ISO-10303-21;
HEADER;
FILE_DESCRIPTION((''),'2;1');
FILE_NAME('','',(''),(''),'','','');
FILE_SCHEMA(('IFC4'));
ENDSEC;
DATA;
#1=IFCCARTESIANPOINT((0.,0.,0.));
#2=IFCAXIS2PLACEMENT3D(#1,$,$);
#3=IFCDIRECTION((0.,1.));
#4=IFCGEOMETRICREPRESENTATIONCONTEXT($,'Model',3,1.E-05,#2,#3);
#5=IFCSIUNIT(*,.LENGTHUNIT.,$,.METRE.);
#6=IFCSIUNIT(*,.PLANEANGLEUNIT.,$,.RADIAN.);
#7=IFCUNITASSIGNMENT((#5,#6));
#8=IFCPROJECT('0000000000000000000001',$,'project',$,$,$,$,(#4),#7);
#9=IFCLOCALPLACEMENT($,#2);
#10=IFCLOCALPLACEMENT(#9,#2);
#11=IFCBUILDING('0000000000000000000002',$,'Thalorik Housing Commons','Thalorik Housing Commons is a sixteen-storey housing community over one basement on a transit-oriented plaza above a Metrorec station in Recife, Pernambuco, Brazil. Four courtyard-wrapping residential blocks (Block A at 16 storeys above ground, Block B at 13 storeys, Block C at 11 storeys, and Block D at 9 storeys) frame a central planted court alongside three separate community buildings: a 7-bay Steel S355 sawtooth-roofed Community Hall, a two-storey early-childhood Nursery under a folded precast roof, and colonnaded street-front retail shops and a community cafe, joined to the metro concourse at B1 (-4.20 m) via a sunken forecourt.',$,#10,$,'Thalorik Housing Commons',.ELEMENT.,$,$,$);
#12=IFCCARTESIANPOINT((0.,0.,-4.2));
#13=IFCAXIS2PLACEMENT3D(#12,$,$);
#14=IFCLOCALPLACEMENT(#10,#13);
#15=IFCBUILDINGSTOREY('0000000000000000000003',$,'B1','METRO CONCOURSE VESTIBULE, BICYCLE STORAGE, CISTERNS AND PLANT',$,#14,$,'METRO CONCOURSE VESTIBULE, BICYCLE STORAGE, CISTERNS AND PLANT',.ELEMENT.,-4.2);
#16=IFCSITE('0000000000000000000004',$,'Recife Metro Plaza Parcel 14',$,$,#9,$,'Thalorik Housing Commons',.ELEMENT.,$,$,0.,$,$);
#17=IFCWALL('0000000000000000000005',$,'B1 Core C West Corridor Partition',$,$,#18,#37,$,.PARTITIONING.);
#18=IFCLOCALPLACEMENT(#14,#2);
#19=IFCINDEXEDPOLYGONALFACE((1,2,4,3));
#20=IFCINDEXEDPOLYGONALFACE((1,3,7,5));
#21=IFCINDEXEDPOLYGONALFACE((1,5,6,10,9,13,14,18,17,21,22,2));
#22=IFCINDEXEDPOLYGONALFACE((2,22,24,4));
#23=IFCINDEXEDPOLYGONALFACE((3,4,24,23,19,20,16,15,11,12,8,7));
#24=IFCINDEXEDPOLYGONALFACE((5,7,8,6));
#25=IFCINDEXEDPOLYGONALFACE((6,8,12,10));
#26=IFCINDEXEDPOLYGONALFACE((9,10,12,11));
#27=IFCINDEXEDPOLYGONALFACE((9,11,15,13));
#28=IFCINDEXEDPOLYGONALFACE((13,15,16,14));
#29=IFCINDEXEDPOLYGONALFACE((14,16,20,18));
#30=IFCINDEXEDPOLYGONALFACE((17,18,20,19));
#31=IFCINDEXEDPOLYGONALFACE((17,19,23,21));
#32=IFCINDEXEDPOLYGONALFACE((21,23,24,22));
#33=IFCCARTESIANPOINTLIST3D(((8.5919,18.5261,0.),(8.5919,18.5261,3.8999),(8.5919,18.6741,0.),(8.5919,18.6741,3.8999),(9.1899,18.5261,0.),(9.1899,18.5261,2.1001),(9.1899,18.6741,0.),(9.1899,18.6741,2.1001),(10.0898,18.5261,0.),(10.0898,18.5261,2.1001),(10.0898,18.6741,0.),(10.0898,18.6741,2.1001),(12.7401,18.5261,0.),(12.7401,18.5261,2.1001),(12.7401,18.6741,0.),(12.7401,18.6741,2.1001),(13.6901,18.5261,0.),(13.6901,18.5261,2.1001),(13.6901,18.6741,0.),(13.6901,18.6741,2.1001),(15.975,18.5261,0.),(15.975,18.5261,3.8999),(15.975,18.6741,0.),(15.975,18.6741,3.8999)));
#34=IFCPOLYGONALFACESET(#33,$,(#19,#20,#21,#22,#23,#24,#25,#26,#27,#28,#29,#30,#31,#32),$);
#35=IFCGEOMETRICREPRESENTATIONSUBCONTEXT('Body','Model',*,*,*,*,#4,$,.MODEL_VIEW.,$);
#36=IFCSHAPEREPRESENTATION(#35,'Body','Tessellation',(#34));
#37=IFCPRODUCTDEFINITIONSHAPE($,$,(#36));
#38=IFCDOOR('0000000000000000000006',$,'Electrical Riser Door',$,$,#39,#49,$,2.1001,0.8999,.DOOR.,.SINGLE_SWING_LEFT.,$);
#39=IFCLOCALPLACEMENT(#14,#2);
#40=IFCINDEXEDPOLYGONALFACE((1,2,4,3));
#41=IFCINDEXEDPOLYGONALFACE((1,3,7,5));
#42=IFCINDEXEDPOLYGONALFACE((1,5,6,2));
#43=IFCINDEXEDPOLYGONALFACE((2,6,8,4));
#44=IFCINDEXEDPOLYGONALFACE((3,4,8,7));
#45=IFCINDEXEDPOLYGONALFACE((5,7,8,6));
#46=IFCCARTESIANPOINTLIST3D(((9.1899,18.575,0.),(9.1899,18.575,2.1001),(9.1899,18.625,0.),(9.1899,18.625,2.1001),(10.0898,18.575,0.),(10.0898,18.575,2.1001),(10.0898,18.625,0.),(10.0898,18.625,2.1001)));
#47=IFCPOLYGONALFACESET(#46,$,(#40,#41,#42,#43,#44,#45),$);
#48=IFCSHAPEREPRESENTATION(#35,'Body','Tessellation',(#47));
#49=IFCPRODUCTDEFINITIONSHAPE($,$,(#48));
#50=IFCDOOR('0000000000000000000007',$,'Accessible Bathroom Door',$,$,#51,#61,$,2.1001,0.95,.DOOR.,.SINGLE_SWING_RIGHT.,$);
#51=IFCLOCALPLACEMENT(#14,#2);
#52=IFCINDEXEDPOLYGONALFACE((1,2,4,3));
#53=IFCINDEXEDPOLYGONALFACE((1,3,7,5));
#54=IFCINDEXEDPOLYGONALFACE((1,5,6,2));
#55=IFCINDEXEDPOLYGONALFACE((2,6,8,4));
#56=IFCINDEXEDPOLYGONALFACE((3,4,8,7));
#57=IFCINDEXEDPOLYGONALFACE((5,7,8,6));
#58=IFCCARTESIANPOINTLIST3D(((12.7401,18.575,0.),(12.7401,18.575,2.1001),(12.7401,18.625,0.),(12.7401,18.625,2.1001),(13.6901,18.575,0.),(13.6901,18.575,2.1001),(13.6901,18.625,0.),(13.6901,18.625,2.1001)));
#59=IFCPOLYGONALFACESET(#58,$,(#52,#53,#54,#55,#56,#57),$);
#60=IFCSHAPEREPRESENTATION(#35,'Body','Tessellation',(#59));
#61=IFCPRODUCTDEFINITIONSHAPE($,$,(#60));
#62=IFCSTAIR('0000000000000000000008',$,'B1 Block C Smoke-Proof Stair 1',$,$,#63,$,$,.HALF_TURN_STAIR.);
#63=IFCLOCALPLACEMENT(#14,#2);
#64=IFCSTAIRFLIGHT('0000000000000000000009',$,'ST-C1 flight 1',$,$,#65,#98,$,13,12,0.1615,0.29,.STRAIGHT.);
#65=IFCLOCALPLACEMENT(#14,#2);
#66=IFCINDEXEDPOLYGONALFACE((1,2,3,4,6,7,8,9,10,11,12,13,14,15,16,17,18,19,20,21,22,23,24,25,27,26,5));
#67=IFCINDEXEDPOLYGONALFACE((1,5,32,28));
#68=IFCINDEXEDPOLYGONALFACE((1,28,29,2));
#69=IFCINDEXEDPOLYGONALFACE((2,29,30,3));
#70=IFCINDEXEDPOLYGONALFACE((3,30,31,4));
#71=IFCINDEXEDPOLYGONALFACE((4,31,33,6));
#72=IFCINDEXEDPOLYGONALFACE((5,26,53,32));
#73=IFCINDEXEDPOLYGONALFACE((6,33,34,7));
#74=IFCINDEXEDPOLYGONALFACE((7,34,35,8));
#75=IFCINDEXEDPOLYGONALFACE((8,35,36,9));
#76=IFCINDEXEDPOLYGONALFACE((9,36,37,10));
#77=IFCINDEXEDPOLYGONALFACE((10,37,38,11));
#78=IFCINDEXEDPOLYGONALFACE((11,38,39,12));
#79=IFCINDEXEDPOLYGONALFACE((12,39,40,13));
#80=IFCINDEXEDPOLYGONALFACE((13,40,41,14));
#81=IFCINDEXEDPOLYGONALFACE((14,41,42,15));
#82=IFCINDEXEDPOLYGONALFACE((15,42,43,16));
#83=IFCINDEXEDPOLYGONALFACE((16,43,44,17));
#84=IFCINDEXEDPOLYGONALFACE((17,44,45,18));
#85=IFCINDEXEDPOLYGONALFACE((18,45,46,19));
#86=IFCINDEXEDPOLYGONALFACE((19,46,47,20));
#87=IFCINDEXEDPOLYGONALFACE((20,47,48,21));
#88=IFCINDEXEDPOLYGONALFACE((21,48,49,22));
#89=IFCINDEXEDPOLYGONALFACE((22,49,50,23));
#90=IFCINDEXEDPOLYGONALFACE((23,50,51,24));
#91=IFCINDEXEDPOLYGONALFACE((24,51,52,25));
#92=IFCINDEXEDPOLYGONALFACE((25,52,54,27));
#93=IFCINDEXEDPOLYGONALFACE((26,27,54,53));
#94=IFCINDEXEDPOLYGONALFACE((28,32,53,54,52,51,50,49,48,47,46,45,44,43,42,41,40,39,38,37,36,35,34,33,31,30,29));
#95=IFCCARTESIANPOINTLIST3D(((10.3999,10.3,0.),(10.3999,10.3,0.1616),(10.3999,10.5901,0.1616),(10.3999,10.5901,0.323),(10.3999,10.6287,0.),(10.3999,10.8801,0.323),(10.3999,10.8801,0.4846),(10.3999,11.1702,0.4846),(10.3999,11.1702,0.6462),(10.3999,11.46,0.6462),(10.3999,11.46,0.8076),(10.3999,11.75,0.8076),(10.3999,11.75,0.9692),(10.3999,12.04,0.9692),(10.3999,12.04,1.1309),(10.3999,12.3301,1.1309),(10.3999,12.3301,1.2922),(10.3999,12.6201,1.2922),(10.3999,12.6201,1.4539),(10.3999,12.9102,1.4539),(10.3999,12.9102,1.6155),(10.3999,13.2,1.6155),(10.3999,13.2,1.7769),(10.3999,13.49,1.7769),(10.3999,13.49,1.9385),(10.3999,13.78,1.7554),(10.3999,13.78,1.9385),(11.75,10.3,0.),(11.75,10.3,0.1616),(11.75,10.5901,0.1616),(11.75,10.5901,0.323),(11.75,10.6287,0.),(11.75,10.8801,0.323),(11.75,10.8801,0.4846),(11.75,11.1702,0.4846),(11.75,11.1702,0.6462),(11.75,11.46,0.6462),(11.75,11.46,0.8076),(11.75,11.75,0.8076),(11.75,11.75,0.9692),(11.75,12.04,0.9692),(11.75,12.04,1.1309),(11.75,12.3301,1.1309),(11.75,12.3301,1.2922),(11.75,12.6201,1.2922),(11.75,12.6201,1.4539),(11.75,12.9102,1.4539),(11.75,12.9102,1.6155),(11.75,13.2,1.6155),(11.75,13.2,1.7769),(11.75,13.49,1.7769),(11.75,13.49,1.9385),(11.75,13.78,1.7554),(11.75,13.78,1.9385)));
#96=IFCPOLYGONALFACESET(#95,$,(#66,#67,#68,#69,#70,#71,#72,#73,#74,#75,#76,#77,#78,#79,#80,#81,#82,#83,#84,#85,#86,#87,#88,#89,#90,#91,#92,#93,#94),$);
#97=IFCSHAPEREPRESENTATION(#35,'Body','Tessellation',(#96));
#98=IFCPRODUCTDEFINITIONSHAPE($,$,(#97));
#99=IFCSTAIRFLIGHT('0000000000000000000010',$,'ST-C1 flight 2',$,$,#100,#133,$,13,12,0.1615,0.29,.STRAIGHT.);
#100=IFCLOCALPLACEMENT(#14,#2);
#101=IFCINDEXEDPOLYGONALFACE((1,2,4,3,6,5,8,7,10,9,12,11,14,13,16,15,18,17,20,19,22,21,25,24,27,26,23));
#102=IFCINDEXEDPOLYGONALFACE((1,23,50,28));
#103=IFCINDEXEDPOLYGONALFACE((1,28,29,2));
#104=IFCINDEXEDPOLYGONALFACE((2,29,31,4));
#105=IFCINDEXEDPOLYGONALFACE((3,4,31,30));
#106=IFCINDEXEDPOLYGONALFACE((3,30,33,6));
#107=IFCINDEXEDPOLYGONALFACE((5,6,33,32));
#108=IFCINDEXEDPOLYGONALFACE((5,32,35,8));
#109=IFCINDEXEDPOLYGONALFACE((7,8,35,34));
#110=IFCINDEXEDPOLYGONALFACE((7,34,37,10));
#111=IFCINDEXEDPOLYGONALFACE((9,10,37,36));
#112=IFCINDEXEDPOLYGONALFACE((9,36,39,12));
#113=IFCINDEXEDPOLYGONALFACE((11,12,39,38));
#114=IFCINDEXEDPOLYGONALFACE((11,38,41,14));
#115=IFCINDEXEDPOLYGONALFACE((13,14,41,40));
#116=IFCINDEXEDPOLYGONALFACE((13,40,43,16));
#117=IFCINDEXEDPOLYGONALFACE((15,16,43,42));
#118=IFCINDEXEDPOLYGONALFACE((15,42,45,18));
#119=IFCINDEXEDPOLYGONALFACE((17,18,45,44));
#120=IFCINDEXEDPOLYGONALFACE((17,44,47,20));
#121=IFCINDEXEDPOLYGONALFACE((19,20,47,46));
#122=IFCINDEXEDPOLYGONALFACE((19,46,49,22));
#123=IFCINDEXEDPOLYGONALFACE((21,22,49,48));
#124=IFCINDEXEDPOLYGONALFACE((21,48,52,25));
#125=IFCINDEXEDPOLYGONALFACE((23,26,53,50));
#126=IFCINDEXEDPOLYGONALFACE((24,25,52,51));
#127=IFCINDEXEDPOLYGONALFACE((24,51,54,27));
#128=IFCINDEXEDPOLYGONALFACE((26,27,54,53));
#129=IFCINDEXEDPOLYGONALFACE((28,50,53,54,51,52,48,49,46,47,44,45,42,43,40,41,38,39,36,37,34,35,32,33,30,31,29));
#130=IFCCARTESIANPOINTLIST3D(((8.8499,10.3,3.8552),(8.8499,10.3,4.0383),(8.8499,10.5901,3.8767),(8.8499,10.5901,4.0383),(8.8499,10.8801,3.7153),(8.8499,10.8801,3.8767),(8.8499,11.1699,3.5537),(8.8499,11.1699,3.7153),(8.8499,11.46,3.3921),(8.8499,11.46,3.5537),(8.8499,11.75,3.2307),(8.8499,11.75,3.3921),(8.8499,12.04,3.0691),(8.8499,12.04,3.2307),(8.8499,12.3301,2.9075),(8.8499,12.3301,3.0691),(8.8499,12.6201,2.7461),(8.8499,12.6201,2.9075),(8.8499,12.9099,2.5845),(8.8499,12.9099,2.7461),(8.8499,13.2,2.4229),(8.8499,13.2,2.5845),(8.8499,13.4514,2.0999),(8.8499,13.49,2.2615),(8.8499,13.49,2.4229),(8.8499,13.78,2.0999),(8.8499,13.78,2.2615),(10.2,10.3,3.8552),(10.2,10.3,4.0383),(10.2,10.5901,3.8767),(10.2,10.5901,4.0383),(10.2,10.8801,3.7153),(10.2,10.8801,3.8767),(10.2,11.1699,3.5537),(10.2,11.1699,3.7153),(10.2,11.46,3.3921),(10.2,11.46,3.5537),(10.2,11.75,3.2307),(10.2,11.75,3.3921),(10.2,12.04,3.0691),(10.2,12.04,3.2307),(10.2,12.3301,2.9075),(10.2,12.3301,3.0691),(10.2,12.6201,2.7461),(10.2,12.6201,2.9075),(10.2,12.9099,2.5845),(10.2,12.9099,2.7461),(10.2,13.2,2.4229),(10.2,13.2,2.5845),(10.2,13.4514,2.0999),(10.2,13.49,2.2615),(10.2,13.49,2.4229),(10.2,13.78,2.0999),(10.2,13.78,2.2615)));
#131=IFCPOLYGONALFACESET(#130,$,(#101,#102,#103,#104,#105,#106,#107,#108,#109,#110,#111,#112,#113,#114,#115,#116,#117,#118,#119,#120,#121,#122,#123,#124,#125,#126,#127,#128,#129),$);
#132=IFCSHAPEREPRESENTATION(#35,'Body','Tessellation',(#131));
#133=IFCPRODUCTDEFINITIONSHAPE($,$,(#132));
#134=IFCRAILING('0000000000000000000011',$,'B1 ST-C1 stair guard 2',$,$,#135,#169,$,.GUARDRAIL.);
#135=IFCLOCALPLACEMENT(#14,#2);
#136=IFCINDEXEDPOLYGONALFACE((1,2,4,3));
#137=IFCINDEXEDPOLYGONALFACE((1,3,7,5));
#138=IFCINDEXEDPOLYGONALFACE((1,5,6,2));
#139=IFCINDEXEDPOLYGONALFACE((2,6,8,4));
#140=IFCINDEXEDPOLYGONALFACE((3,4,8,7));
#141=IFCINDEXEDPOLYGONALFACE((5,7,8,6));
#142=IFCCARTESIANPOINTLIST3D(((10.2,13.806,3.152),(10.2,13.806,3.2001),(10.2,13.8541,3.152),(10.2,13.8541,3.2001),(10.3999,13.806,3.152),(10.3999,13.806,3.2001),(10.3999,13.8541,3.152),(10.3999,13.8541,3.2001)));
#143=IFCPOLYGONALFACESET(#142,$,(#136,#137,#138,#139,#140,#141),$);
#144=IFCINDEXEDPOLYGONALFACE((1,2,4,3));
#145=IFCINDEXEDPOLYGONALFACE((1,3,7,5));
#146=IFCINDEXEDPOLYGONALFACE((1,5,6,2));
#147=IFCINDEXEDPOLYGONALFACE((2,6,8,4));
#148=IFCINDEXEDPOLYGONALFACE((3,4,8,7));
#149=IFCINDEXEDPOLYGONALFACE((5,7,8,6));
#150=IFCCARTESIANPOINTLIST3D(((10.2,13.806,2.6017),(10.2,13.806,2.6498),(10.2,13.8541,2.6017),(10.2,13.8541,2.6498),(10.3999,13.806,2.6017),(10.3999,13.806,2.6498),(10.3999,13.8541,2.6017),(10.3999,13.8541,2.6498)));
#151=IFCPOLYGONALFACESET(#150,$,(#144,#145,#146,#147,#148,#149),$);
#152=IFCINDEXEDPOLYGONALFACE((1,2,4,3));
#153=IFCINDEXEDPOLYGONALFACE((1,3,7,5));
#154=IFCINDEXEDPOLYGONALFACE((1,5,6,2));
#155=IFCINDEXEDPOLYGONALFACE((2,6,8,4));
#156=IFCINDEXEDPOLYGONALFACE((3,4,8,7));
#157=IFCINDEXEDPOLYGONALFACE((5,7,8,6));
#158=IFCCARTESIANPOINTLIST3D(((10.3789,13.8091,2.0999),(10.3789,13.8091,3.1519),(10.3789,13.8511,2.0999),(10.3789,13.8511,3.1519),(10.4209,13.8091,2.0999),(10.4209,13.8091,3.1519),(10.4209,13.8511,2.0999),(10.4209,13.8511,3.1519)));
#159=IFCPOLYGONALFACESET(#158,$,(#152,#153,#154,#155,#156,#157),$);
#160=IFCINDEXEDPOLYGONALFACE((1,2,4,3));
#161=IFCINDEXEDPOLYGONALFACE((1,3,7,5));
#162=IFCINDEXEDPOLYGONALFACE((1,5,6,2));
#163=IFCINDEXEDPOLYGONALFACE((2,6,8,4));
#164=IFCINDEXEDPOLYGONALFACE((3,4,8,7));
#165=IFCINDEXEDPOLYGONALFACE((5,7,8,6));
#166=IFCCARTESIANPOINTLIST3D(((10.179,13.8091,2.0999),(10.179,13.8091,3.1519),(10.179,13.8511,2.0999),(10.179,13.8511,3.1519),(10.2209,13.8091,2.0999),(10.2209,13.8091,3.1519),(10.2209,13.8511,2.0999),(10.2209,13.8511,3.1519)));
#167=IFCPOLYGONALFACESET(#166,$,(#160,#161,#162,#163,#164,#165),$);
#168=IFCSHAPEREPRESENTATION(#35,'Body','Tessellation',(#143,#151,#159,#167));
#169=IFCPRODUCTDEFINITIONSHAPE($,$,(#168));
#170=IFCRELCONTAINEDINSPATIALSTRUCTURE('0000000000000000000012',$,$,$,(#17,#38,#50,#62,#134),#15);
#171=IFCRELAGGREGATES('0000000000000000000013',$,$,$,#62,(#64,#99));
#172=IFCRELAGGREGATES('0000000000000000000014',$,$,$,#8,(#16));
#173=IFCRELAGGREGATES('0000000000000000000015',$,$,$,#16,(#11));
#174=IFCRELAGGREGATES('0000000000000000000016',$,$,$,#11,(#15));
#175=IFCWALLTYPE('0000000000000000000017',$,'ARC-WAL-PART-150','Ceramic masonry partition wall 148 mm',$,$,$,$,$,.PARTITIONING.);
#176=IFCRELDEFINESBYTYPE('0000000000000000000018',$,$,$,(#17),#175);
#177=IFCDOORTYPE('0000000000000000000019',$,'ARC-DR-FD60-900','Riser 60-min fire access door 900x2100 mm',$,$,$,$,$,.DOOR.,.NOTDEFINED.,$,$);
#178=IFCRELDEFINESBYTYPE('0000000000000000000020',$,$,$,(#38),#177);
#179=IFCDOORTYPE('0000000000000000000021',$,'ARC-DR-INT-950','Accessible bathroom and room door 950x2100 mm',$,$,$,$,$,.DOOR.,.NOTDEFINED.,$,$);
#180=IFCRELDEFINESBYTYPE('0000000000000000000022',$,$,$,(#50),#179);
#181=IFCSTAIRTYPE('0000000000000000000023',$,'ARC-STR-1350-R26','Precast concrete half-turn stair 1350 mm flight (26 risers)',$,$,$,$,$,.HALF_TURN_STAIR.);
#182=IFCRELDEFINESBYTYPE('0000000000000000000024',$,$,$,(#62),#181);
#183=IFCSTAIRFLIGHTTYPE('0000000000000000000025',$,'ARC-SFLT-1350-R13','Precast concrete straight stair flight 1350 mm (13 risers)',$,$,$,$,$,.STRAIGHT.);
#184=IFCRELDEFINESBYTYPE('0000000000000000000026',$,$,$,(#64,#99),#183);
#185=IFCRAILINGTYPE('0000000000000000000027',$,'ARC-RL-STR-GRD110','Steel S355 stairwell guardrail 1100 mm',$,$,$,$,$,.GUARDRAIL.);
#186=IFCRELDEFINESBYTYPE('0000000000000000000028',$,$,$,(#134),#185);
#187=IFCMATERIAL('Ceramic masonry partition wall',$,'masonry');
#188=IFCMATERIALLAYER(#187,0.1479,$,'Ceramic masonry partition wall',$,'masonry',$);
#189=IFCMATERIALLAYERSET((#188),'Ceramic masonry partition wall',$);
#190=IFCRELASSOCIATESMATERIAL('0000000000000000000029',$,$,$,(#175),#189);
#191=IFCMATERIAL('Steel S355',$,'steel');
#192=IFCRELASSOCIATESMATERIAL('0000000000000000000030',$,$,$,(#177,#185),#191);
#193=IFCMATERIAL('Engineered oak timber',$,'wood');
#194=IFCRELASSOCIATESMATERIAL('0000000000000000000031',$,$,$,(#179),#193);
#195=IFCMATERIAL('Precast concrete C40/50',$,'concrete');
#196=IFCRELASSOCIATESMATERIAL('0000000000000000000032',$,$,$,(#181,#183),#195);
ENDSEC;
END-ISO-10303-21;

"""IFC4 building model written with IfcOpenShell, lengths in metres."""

from ifc_helpers import new_model, si_unit, direction, frame, frame_2d, origin, origin_2d, place, context, subcontext, project, spatial, polyline, rectangle, outline, extrude, material, layer, layer_set, type_object, element, fill, aggregate, save


model = new_model("IFC4")

# Units and contexts
model_context = context("Model", 3, precision=1e-05, world=origin(), true_north=direction((0.0, 1.0)))
body_context = subcontext(model_context, "Body", "Model", "MODEL_VIEW")
ifc_project = project(units=[si_unit("LENGTHUNIT", "METRE"), si_unit("PLANEANGLEUNIT", "RADIAN")], contexts=[model_context])

# Site, building, storey
site_placement = place(None, origin())
site = spatial("IfcSite", under=ifc_project, at=site_placement, Name="Recife Metro Plaza Parcel 14", LongName="Thalorik Housing Commons", CompositionType="ELEMENT", RefElevation=0.0)
building_placement = place(site_placement, origin())
building = spatial("IfcBuilding", under=site, at=building_placement, Name="Thalorik Housing Commons", Description="Thalorik Housing Commons is a sixteen-storey housing community over one basement on a transit-oriented plaza above a Metrorec station in Recife, Pernambuco, Brazil. Four courtyard-wrapping residential blocks (Block A at 16 storeys above ground, Block B at 13 storeys, Block C at 11 storeys, and Block D at 9 storeys) frame a central planted court alongside three separate community buildings: a 7-bay Steel S355 sawtooth-roofed Community Hall, a two-storey early-childhood Nursery under a folded precast roof, and colonnaded street-front retail shops and a community cafe, joined to the metro concourse at B1 (-4.20 m) via a sunken forecourt.", LongName="Thalorik Housing Commons", CompositionType="ELEMENT")
storey_placement = place(building_placement, frame((0.0, 0.0, -4.2)))
storey = spatial("IfcBuildingStorey", under=building, at=storey_placement, Name="B1", Description="METRO CONCOURSE VESTIBULE, BICYCLE STORAGE, CISTERNS AND PLANT", LongName="METRO CONCOURSE VESTIBULE, BICYCLE STORAGE, CISTERNS AND PLANT", CompositionType="ELEMENT", Elevation=-4.2)

# Shared definitions
ifc_material_1 = material(Name="Precast concrete C40/50", Category="concrete")

# Shared definitions
ifc_material_2 = material(Name="Steel S355", Category="steel")

# Shared definitions
ifc_material_3 = material(Name="Ceramic masonry partition wall", Category="masonry")
ifc_layer_1 = layer(ifc_material_3, 0.1479, Name="Ceramic masonry partition wall", Category="masonry")
ifc_layer_set_1 = layer_set([ifc_layer_1], Name="Ceramic masonry partition wall")
wall_type_1 = type_object("IfcWallType", Name="ARC-WAL-PART-150", Description="Ceramic masonry partition wall 148 mm", PredefinedType="PARTITIONING", material=ifc_layer_set_1)

# Wall, openings, doors
wall_1_placement = place(storey_placement, frame((8.592, 18.6001, 0.0), z_axis=(0.0, 0.0, 1.0), x_axis=(1.0, 0.0, 0.0)))
wall_1 = element("IfcWall", 1, at=wall_1_placement, inside=storey, type_object=wall_type_1, Name="B1 Core C West Corridor Partition", PredefinedType="PARTITIONING", context=body_context, shape_type="SweptSolid", body=[
    extrude(rectangle(XDim=7.3831, YDim=0.1479, at=frame_2d((3.6914, 0.0))), origin(), (0.0, 0.0, 1.0), 3.8999),
])
opening_1_placement = place(wall_1_placement, frame((0.5979, 0.0, 0.0)))
opening_1 = element("IfcOpeningElement", 2, at=opening_1_placement, cuts=wall_1, PredefinedType="OPENING", context=body_context, shape_type="SweptSolid", body=[
    extrude(rectangle(XDim=0.8999, YDim=2.1001, at=frame_2d((0.45, 1.05))), frame((0.0, 0.084, 0.0), z_axis=(0.0, -1.0, 0.0), x_axis=(1.0, 0.0, 0.0)), (0.0, 0.0, 1.0), 0.168),
])
opening_2_placement = place(wall_1_placement, frame((4.1479, 0.0, 0.0)))
opening_2 = element("IfcOpeningElement", 3, at=opening_2_placement, cuts=wall_1, PredefinedType="OPENING", context=body_context, shape_type="SweptSolid", body=[
    extrude(rectangle(XDim=0.95, YDim=2.1001, at=frame_2d((0.4751, 1.05))), frame((0.0, 0.084, 0.0), z_axis=(0.0, -1.0, 0.0), x_axis=(1.0, 0.0, 0.0)), (0.0, 0.0, 1.0), 0.168),
])
door_type_1 = type_object("IfcDoorType", Name="ARC-DR-FD60-900", Description="Riser 60-min fire access door 900x2100 mm", OperationType="NOTDEFINED", PredefinedType="DOOR", material=ifc_material_2)
door_1_placement = place(opening_1_placement, origin())
door_1 = element("IfcDoor", 4, at=door_1_placement, inside=storey, type_object=door_type_1, Name="Electrical Riser Door", OperationType="SINGLE_SWING_LEFT", OverallHeight=2.1001, OverallWidth=0.8999, PredefinedType="DOOR", context=body_context, shape_type="SweptSolid", body=[
    extrude(rectangle(XDim=0.8999, YDim=2.1001, at=frame_2d((0.45, 1.05))), frame((0.0, 0.0249, 0.0), z_axis=(0.0, -1.0, 0.0), x_axis=(1.0, 0.0, 0.0)), (0.0, 0.0, 1.0), 0.05),
])
fill(opening_1, door_1)
ifc_material_4 = material(Name="Engineered oak timber", Category="wood")
door_type_2 = type_object("IfcDoorType", Name="ARC-DR-INT-950", Description="Accessible bathroom and room door 950x2100 mm", OperationType="NOTDEFINED", PredefinedType="DOOR", material=ifc_material_4)
door_2_placement = place(opening_2_placement, origin())
door_2 = element("IfcDoor", 5, at=door_2_placement, inside=storey, type_object=door_type_2, Name="Accessible Bathroom Door", OperationType="SINGLE_SWING_RIGHT", OverallHeight=2.1001, OverallWidth=0.95, PredefinedType="DOOR", context=body_context, shape_type="SweptSolid", body=[
    extrude(rectangle(XDim=0.95, YDim=2.1001, at=frame_2d((0.4751, 1.05))), frame((0.0, 0.0249, 0.0), z_axis=(0.0, -1.0, 0.0), x_axis=(1.0, 0.0, 0.0)), (0.0, 0.0, 1.0), 0.05),
])
fill(opening_2, door_2)

# Stair, stair flights
stair_type = type_object("IfcStairType", Name="ARC-STR-1350-R26", Description="Precast concrete half-turn stair 1350 mm flight (26 risers)", PredefinedType="HALF_TURN_STAIR", material=ifc_material_1)
stair_placement = place(storey_placement, origin())
stair = element("IfcStair", 6, at=stair_placement, inside=storey, type_object=stair_type, Name="B1 Block C Smoke-Proof Stair 1", PredefinedType="HALF_TURN_STAIR")
stair_flight_type = type_object("IfcStairFlightType", Name="ARC-SFLT-1350-R13", Description="Precast concrete straight stair flight 1350 mm (13 risers)", PredefinedType="STRAIGHT", material=ifc_material_1)
stair_flight_1_placement = place(storey_placement, frame((11.075, 10.3, 0.0), z_axis=(0.0, 0.0, 1.0), x_axis=(0.0, 1.0, 0.0)))
stair_flight_1 = element("IfcStairFlight", 7, at=stair_flight_1_placement, type_object=stair_flight_type, Name="ST-C1 flight 1", NumberOfRisers=13, NumberOfTreads=12, PredefinedType="STRAIGHT", RiserHeight=0.1615, TreadLength=0.29, context=body_context, shape_type="SweptSolid", body=[
    extrude(outline(polyline([(0.0, 0.0), (0.0, 0.1616), (0.29, 0.1616), (0.29, 0.323), (0.5801, 0.323), (0.5801, 0.4846), (0.8701, 0.4846), (0.8701, 0.6462), (1.1599, 0.6462), (1.1599, 0.8076), (1.45, 0.8076), (1.45, 0.9692), (1.74, 0.9692), (1.74, 1.1309), (2.03, 1.1309), (2.03, 1.2922), (2.3201, 1.2922), (2.3201, 1.4539), (2.6101, 1.4539), (2.6101, 1.6155), (2.8999, 1.6155), (2.8999, 1.7769), (3.1899, 1.7769), (3.1899, 1.9385), (3.48, 1.9385), (3.48, 2.1001), (3.48, 1.7554), (0.3286, 0.0), (0.0, 0.0)])), frame((0.0, 0.675, 0.0), z_axis=(0.0, -1.0, 0.0), x_axis=(1.0, 0.0, 0.0)), (0.0, 0.0, 1.0), 1.3501),
])
stair_flight_2_placement = place(storey_placement, frame((9.5249, 13.78, 2.0999), z_axis=(0.0, 0.0, 1.0), x_axis=(0.0, -1.0, 0.0)))
stair_flight_2 = element("IfcStairFlight", 8, at=stair_flight_2_placement, type_object=stair_flight_type, Name="ST-C1 flight 2", NumberOfRisers=13, NumberOfTreads=12, PredefinedType="STRAIGHT", RiserHeight=0.1615, TreadLength=0.29, context=body_context, shape_type="SweptSolid", body=[
    extrude(outline(polyline([(0.0, 0.0), (0.0, 0.1616), (0.29, 0.1616), (0.29, 0.323), (0.5801, 0.323), (0.5801, 0.4846), (0.8701, 0.4846), (0.8701, 0.6462), (1.1599, 0.6462), (1.1599, 0.8076), (1.45, 0.8076), (1.45, 0.9692), (1.74, 0.9692), (1.74, 1.1309), (2.03, 1.1309), (2.03, 1.2922), (2.3201, 1.2922), (2.3201, 1.4539), (2.6101, 1.4539), (2.6101, 1.6155), (2.8999, 1.6155), (2.8999, 1.7769), (3.1899, 1.7769), (3.1899, 1.9385), (3.48, 1.9385), (3.48, 2.1001), (3.48, 1.7554), (0.3286, 0.0), (0.0, 0.0)])), frame((0.0, 0.675, 0.0), z_axis=(0.0, -1.0, 0.0), x_axis=(1.0, 0.0, 0.0)), (0.0, 0.0, 1.0), 1.3501),
])
aggregate(stair, [stair_flight_1, stair_flight_2])

# Railing
railing_type_1 = type_object("IfcRailingType", Name="ARC-RL-STR-GRD110", Description="Steel S355 stairwell guardrail 1100 mm", PredefinedType="GUARDRAIL", material=ifc_material_2)
railing_1_placement = place(storey_placement, frame((10.3999, 13.8301, 2.0999)))
element("IfcRailing", 9, at=railing_1_placement, inside=storey, type_object=railing_type_1, Name="B1 ST-C1 stair guard 2", PredefinedType="GUARDRAIL", context=body_context, shape_type="SweptSolid", body=[
    extrude(rectangle(XDim=0.0481, YDim=0.0481, at=origin_2d()), frame((0.0, 0.0, 1.0762), z_axis=(-1.0, 0.0, 0.0), x_axis=(0.0, -1.0, 0.0)), (0.0, 0.0, 1.0), 0.2),
    extrude(rectangle(XDim=0.0481, YDim=0.0481, at=origin_2d()), frame((0.0, 0.0, 0.5259), z_axis=(-1.0, 0.0, 0.0), x_axis=(0.0, -1.0, 0.0)), (0.0, 0.0, 1.0), 0.2),
    extrude(rectangle(XDim=0.042, YDim=0.042, at=origin_2d()), origin(), (0.0, 0.0, 1.0), 1.052),
    extrude(rectangle(XDim=0.042, YDim=0.042, at=origin_2d()), frame((-0.2, 0.0, 0.0)), (0.0, 0.0, 1.0), 1.052),
])

save(model, "model.ifc")
